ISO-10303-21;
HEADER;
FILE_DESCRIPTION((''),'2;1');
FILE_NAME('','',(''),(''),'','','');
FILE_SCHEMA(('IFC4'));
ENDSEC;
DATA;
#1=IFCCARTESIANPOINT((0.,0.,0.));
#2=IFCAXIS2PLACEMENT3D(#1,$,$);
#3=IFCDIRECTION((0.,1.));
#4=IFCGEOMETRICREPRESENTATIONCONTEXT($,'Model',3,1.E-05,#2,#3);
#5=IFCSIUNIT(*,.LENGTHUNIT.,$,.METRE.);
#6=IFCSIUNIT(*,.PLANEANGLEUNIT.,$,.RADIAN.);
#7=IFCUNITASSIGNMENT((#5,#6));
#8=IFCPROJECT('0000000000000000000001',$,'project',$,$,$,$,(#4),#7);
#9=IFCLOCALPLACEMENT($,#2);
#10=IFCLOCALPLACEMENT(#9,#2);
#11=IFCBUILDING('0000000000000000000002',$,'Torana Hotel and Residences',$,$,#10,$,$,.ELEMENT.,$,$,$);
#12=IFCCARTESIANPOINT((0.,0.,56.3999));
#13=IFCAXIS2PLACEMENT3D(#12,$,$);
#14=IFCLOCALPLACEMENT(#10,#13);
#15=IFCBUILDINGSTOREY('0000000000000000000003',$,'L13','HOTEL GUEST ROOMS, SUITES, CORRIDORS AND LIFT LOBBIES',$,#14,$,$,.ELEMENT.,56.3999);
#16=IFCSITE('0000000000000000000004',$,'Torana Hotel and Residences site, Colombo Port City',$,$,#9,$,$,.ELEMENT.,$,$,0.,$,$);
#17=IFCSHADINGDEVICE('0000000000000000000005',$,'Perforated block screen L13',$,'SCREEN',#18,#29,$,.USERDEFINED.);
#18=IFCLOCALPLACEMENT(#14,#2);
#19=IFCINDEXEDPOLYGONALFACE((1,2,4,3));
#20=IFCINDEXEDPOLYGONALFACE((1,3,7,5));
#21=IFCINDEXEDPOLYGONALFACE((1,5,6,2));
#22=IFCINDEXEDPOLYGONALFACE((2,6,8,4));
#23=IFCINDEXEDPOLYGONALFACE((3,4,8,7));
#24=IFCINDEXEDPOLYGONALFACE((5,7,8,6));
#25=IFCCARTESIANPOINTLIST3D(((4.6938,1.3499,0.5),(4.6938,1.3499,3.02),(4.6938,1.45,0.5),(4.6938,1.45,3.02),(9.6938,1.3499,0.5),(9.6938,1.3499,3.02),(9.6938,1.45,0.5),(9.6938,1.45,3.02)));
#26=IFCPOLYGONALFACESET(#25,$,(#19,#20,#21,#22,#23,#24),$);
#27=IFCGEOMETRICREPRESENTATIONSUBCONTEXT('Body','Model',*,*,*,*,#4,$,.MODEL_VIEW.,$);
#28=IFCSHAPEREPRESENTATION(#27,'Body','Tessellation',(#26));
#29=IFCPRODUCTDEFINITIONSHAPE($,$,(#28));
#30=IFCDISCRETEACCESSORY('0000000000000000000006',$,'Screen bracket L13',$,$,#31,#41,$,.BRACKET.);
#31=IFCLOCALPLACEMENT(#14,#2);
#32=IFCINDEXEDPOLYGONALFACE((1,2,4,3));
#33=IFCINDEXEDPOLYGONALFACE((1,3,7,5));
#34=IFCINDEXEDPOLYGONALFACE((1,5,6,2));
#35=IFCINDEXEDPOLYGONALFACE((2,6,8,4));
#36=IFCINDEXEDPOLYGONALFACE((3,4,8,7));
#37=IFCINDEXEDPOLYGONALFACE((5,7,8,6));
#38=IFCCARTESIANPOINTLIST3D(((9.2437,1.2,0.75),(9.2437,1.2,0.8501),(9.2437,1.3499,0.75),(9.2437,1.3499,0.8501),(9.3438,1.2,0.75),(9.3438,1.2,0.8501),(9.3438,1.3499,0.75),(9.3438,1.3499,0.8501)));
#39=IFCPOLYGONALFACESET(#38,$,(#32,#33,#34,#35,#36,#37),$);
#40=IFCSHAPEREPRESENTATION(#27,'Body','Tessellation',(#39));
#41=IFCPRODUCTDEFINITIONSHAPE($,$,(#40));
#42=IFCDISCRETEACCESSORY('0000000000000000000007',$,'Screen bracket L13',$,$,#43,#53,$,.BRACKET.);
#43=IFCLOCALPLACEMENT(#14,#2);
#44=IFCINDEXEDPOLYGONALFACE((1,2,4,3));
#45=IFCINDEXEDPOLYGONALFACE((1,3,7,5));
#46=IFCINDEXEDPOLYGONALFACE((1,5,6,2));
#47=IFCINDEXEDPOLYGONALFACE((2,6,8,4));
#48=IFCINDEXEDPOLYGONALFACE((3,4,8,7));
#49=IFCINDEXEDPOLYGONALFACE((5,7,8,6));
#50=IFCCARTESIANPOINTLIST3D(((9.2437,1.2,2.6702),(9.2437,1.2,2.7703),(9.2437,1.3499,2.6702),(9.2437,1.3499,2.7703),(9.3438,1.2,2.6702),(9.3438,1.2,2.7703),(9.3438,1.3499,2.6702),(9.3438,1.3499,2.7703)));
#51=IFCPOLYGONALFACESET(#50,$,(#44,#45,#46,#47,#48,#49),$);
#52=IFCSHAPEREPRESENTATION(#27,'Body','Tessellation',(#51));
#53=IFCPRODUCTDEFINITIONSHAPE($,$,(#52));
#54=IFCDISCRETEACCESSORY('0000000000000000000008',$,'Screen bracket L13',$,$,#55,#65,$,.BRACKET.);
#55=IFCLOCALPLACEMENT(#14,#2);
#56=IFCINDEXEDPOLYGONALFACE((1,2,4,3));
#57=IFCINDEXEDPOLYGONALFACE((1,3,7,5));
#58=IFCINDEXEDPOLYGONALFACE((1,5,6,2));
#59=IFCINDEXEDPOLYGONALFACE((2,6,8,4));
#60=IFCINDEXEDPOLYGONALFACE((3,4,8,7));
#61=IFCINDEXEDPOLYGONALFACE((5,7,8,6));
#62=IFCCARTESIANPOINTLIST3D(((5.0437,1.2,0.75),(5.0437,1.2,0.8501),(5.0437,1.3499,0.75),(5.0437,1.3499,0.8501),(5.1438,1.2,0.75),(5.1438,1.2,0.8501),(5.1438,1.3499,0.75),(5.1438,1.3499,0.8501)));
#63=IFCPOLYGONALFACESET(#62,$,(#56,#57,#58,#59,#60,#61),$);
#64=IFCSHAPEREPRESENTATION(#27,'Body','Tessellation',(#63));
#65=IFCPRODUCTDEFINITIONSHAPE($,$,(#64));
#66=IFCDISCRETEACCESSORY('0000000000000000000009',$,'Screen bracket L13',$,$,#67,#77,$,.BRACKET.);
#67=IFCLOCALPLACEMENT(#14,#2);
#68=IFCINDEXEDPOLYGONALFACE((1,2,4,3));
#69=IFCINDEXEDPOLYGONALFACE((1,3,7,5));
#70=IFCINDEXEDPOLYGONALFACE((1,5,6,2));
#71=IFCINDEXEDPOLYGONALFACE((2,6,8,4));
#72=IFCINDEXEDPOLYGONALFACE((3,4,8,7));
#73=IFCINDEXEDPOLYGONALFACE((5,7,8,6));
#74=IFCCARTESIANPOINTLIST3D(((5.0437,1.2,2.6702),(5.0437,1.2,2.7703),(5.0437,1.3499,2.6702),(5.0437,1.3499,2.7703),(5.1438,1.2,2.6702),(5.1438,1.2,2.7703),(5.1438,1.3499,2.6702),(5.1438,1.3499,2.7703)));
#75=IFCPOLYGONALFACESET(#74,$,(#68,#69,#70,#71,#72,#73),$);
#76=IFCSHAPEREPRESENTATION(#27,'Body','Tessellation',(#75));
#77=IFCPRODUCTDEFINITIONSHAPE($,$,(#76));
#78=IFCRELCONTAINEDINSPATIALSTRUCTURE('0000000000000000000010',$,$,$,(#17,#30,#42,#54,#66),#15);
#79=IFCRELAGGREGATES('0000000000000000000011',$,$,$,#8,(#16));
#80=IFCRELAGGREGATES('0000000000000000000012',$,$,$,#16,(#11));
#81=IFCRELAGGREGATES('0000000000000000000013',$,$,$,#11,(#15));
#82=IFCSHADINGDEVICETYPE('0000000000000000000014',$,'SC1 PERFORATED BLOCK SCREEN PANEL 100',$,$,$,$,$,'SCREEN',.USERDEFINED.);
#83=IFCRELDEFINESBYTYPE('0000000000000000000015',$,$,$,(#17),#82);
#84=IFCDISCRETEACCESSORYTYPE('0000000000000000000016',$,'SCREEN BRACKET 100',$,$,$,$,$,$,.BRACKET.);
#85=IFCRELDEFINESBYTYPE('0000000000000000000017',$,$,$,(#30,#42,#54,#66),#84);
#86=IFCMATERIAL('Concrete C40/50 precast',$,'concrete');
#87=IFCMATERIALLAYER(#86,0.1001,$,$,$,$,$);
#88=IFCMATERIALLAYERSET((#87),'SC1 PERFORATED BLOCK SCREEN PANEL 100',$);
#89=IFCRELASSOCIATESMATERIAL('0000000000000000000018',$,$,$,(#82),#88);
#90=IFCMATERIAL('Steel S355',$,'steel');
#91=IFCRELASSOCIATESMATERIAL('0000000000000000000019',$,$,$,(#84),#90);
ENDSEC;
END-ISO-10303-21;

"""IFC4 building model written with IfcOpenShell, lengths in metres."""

from ifc_helpers import new_model, si_unit, direction, frame, origin, origin_2d, place, context, subcontext, project, spatial, rectangle, extrude, material, layer, layer_set, type_object, element, save


model = new_model("IFC4")

# Units and contexts
model_context = context("Model", 3, precision=1e-05, world=origin(), true_north=direction((0.0, 1.0)))
body_context = subcontext(model_context, "Body", "Model", "MODEL_VIEW")
ifc_project = project(units=[si_unit("LENGTHUNIT", "METRE"), si_unit("PLANEANGLEUNIT", "RADIAN")], contexts=[model_context])

# Site, building, storey
site_placement = place(None, origin())
site = spatial("IfcSite", under=ifc_project, at=site_placement, Name="Torana Hotel and Residences site, Colombo Port City", CompositionType="ELEMENT", RefElevation=0.0)
building_placement = place(site_placement, origin())
building = spatial("IfcBuilding", under=site, at=building_placement, Name="Torana Hotel and Residences", CompositionType="ELEMENT")
storey_placement = place(building_placement, frame((0.0, 0.0, 56.3999)))
storey = spatial("IfcBuildingStorey", under=building, at=storey_placement, Name="L13", Description="HOTEL GUEST ROOMS, SUITES, CORRIDORS AND LIFT LOBBIES", CompositionType="ELEMENT", Elevation=56.3999)

# Shading device
ifc_material_1 = material(Name="Concrete C40/50 precast", Category="concrete")
ifc_layer_1 = layer(ifc_material_1, 0.1001)
ifc_layer_set_1 = layer_set([ifc_layer_1], Name="SC1 PERFORATED BLOCK SCREEN PANEL 100")
shading_device_type = type_object("IfcShadingDeviceType", Name="SC1 PERFORATED BLOCK SCREEN PANEL 100", ElementType="SCREEN", PredefinedType="USERDEFINED", material=ifc_layer_set_1)
shading_device_placement = place(storey_placement, frame((7.1938, 1.3999, 0.5), z_axis=(0.0, 0.0, 1.0), x_axis=(-1.0, 0.0, 0.0)))
element("IfcShadingDevice", 1, at=shading_device_placement, inside=storey, type_object=shading_device_type, Name="Perforated block screen L13", ObjectType="SCREEN", PredefinedType="USERDEFINED", context=body_context, shape_type="SweptSolid", body=[
    extrude(rectangle(XDim=5.0, YDim=0.1001, at=origin_2d()), origin(), (0.0, 0.0, 1.0), 2.52),
])

# Discrete accessories
ifc_material_2 = material(Name="Steel S355", Category="steel")
discrete_accessory_type = type_object("IfcDiscreteAccessoryType", Name="SCREEN BRACKET 100", PredefinedType="BRACKET", material=ifc_material_2)
for number, where, z_axis, x_axis, name in (
    (2, (9.2937, 1.2749, 0.75), (0.0, 0.0, 1.0), (-1.0, 0.0, 0.0), "Screen bracket L13"),
    (3, (9.2937, 1.2749, 2.6702), (0.0, 0.0, 1.0), (-1.0, 0.0, 0.0), "Screen bracket L13"),
    (4, (5.0938, 1.2749, 0.75), (0.0, 0.0, 1.0), (-1.0, 0.0, 0.0), "Screen bracket L13"),
    (5, (5.0938, 1.2749, 2.6702), (0.0, 0.0, 1.0), (-1.0, 0.0, 0.0), "Screen bracket L13"),
):
    element("IfcDiscreteAccessory", number, at=place(storey_placement, frame(where, z_axis=z_axis, x_axis=x_axis)), inside=storey, type_object=discrete_accessory_type, Name=name, PredefinedType="BRACKET", context=body_context, shape_type="SweptSolid", body=[
        extrude(rectangle(XDim=0.1001, YDim=0.1499, at=origin_2d()), origin(), (0.0, 0.0, 1.0), 0.1001),
    ])

save(model, "model.ifc")
